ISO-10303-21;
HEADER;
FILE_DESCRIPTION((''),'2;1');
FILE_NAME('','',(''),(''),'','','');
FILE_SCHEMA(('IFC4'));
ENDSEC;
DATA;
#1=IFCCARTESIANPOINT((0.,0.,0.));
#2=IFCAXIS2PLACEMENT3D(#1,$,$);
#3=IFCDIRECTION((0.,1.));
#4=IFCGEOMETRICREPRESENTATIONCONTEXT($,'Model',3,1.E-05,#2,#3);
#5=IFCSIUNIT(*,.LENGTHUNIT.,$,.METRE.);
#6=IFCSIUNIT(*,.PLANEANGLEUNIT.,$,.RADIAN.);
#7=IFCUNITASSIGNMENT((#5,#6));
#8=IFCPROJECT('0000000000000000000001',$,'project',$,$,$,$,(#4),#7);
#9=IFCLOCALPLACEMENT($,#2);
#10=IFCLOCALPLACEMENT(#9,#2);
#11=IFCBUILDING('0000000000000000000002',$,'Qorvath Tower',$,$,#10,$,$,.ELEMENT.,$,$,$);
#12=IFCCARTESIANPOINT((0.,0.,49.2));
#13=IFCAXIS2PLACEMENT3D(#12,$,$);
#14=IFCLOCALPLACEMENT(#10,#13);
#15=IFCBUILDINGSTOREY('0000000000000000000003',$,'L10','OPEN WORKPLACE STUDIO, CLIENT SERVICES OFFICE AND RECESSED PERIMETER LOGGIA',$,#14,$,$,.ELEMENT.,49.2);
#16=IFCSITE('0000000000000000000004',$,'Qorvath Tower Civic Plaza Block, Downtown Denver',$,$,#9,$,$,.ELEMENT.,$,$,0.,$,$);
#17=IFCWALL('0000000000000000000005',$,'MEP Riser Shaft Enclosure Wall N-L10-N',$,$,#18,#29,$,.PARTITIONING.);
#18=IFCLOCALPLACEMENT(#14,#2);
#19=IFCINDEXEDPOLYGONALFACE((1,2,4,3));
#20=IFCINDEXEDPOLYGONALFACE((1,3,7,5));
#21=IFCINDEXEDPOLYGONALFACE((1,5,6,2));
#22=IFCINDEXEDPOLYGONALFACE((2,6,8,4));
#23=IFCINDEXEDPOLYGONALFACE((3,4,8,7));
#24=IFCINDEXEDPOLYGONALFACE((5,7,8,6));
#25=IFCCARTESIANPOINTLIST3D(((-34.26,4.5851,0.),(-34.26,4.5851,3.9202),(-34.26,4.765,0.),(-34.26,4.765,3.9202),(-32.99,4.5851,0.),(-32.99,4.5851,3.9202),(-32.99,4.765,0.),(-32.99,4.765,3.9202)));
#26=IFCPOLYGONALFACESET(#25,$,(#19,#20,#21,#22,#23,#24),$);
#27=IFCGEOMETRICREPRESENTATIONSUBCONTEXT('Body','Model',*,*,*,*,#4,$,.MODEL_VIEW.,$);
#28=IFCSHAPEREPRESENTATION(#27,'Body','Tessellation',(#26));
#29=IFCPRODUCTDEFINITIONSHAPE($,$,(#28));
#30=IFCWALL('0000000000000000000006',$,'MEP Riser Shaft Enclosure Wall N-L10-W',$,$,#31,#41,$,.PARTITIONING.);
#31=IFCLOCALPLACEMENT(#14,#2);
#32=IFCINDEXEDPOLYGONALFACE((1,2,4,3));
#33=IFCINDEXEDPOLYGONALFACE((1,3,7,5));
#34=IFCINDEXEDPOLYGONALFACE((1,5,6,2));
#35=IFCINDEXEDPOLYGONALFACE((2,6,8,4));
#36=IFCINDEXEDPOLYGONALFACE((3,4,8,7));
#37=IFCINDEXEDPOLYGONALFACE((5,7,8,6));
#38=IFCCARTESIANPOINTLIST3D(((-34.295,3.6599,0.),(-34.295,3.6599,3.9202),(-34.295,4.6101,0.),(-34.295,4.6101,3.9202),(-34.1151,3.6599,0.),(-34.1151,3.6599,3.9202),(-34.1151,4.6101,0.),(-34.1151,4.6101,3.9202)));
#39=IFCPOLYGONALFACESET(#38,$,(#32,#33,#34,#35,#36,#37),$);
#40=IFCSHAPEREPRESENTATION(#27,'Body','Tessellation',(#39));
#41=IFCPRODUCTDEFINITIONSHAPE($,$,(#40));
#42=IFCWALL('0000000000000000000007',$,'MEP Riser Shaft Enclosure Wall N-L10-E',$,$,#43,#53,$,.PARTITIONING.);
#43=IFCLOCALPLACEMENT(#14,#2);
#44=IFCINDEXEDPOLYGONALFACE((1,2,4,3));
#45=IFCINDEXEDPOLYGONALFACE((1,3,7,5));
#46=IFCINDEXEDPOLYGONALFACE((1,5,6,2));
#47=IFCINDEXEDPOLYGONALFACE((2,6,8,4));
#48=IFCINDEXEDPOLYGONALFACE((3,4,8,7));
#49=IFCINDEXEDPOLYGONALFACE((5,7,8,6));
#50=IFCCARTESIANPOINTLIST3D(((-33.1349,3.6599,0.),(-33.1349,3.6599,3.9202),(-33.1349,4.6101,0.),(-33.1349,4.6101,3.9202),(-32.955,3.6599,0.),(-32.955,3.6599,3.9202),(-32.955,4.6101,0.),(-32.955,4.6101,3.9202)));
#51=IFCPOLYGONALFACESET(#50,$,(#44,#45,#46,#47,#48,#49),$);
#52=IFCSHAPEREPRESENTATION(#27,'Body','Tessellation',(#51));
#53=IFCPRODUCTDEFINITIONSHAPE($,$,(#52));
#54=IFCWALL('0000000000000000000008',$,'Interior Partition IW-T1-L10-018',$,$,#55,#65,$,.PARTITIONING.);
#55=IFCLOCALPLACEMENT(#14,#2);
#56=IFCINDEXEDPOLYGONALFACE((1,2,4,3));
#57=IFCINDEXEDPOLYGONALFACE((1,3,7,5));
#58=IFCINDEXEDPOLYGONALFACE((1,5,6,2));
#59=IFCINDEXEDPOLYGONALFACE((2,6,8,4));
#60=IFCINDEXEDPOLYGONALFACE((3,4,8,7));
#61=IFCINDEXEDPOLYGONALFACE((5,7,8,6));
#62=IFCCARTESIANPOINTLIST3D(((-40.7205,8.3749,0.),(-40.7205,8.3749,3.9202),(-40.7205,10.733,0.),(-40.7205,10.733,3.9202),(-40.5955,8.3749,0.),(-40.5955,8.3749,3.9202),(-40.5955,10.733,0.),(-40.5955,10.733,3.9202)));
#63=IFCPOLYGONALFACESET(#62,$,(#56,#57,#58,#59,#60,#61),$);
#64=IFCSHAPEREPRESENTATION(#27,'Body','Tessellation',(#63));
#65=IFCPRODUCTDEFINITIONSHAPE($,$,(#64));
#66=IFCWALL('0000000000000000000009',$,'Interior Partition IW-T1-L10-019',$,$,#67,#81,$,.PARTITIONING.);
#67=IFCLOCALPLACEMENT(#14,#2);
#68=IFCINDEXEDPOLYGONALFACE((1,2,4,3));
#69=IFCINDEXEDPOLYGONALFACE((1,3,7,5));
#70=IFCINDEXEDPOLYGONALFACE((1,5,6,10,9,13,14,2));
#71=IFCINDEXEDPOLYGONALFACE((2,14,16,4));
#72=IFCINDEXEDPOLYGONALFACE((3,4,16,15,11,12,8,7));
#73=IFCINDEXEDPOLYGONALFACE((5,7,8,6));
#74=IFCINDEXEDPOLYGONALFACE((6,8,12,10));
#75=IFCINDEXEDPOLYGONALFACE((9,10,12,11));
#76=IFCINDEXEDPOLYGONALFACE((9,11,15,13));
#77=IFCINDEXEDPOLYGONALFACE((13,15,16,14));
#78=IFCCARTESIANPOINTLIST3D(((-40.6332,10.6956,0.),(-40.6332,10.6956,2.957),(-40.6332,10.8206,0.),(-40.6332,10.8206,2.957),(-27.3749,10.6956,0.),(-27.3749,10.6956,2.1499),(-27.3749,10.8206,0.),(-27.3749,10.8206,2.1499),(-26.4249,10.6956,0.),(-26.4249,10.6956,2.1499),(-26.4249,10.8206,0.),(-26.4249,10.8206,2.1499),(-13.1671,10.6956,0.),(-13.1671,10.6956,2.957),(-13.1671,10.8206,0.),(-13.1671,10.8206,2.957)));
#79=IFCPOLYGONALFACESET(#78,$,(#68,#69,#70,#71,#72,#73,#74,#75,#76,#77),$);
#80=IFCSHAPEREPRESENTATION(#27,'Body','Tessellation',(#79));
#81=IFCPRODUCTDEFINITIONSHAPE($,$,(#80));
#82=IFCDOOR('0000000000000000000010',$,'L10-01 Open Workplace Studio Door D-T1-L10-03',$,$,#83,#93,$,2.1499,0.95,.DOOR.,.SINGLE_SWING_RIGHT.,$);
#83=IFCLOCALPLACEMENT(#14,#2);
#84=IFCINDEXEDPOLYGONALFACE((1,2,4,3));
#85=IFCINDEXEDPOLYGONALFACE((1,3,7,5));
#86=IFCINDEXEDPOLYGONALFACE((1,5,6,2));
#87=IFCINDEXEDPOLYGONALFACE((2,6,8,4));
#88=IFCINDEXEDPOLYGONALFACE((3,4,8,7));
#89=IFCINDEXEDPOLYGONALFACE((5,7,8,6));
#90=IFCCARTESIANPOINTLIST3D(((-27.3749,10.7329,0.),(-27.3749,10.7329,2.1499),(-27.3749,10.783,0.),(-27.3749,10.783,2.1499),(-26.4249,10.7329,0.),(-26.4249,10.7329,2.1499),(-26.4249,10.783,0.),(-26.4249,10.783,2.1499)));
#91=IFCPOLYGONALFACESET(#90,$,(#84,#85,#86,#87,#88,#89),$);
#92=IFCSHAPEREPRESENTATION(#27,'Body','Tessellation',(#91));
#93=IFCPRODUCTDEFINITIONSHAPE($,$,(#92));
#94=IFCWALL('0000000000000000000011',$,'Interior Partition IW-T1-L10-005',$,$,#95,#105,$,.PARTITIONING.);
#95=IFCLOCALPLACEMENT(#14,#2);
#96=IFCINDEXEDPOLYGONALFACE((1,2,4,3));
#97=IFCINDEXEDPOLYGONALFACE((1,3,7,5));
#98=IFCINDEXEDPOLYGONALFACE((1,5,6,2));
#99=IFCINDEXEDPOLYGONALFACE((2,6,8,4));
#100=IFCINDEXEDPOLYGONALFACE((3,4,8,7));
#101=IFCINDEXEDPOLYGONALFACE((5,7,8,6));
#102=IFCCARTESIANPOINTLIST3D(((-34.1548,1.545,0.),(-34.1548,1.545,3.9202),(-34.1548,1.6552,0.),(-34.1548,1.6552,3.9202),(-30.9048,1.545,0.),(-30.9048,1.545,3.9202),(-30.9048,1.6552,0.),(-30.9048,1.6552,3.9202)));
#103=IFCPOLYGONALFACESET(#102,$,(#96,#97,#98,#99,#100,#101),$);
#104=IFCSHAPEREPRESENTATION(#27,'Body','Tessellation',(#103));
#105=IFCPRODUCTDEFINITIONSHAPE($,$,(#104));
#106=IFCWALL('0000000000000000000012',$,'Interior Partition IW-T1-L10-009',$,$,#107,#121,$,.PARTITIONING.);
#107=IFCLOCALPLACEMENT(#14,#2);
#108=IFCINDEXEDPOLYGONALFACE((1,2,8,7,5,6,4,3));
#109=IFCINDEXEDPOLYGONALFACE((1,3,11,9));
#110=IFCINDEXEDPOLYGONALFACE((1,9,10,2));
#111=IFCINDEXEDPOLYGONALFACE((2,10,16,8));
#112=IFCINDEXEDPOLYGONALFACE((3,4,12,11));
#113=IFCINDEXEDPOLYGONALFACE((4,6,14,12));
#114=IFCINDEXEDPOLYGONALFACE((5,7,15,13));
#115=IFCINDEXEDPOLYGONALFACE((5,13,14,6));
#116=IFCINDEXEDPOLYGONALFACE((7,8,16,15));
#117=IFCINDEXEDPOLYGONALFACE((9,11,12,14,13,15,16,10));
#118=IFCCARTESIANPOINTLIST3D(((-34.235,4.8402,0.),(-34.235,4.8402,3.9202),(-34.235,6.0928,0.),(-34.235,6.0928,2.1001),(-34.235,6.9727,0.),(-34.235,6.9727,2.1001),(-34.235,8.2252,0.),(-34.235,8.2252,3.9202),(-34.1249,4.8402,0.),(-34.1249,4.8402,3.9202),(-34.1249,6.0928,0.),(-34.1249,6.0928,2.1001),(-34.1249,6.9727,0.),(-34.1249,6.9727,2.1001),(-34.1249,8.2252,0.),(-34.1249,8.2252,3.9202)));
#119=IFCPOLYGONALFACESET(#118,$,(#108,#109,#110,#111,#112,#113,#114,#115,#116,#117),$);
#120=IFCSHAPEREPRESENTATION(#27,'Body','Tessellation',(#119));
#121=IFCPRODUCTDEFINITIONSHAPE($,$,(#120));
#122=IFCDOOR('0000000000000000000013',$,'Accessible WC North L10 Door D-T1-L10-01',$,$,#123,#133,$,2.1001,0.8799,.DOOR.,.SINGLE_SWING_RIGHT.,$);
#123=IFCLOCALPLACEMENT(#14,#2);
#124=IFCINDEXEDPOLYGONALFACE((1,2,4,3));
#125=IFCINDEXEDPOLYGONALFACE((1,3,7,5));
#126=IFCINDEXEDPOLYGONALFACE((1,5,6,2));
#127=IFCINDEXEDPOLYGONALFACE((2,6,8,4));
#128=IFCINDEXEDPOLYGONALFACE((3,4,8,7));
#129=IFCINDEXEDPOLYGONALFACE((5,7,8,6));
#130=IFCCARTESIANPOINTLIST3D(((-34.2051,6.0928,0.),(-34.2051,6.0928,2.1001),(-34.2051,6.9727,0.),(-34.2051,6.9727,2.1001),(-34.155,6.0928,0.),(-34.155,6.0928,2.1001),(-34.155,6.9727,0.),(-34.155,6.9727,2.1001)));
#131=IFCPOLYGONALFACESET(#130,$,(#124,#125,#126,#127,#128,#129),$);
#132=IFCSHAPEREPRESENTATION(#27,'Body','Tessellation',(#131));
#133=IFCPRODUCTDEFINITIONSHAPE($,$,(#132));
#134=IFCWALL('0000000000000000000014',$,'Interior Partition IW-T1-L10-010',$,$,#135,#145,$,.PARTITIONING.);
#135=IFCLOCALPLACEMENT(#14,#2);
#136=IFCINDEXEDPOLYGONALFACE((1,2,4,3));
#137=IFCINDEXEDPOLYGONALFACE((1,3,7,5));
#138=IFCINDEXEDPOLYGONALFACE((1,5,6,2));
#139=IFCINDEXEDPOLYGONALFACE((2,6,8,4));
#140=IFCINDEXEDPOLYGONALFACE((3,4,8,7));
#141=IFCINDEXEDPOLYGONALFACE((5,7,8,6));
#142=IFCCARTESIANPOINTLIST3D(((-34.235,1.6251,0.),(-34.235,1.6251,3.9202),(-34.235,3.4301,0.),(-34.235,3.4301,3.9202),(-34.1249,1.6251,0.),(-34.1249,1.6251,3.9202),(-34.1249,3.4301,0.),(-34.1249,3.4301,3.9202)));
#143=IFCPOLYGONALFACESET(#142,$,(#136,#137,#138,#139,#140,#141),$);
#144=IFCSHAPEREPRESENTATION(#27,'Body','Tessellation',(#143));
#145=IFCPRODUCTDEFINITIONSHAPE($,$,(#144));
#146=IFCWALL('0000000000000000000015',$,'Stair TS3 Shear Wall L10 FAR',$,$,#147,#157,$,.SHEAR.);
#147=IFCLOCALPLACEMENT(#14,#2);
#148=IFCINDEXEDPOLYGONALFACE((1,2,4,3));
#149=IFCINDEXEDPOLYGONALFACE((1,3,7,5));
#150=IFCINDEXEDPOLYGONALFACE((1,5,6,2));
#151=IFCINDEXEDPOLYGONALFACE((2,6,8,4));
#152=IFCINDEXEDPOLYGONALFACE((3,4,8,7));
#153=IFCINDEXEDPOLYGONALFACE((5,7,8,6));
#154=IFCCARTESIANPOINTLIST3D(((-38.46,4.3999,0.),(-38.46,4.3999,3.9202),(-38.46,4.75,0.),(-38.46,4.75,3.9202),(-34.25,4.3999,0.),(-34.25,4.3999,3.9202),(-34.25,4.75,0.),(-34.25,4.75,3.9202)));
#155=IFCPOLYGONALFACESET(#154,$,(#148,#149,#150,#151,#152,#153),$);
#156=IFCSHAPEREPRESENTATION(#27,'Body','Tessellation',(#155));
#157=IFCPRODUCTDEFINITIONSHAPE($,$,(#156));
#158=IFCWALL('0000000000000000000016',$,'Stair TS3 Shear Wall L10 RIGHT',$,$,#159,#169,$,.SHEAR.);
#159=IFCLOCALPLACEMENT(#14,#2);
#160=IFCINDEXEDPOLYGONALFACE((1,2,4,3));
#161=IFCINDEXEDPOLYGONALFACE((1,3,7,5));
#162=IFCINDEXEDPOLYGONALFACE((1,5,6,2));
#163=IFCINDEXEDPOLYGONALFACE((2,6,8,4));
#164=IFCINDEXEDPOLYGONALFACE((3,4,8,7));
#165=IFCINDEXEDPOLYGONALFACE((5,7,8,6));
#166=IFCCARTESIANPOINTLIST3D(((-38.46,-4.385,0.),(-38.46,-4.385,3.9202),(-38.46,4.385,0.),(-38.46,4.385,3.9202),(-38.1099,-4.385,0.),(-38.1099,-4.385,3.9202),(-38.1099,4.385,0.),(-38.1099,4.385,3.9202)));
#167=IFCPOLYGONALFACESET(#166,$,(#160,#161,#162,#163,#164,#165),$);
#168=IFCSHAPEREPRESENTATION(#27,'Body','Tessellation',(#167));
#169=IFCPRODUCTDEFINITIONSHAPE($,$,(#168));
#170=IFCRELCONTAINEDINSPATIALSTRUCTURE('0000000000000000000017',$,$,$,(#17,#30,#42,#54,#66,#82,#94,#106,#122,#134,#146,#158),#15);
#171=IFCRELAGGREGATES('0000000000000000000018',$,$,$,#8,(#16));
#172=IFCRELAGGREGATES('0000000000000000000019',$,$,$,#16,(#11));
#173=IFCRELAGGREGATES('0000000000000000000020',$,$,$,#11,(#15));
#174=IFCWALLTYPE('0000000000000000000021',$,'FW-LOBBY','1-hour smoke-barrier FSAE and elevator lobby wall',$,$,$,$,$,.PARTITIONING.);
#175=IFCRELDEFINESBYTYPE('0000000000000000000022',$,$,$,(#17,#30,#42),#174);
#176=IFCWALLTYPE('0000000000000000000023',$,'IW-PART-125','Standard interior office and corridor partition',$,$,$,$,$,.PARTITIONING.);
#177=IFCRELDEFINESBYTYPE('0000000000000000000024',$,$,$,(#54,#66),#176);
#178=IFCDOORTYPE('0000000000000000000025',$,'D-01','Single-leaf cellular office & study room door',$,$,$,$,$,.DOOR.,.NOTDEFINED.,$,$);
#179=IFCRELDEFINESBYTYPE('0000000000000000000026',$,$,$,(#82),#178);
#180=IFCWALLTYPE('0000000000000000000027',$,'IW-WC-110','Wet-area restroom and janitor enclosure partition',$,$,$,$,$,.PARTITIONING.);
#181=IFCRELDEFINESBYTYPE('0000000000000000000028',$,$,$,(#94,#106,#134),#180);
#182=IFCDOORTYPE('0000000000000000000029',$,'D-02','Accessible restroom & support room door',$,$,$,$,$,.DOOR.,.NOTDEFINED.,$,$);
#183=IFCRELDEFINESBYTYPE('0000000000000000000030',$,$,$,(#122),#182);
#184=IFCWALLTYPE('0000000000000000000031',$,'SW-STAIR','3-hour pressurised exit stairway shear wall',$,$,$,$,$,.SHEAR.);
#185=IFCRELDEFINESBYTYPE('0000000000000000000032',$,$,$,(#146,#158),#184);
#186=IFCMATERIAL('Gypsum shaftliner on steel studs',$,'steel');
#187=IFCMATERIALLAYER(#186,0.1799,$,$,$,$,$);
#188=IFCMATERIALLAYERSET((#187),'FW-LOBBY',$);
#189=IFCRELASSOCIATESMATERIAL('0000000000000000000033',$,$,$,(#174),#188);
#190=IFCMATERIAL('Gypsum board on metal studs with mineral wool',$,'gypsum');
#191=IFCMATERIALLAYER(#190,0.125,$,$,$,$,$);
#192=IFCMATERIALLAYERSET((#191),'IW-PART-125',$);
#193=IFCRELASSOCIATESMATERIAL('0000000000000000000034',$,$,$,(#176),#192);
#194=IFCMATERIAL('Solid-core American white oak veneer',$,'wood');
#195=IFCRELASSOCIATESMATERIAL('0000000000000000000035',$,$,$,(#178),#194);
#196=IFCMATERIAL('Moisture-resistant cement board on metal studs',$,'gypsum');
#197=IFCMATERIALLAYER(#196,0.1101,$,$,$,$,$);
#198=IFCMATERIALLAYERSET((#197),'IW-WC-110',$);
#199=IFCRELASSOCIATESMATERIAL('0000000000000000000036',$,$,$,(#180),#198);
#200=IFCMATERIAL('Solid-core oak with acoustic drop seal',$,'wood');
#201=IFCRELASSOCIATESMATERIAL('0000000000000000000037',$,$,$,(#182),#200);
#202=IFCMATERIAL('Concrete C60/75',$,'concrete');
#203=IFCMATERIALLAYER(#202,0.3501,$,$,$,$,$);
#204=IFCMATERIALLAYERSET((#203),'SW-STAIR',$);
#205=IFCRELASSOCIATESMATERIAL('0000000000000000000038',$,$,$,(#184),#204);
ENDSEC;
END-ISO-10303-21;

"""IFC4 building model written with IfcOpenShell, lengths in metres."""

from ifc_helpers import new_model, si_unit, direction, frame, frame_2d, origin, place, context, subcontext, project, spatial, rectangle, extrude, material, layer, layer_set, type_object, element, fill, save


model = new_model("IFC4")

# Units and contexts
model_context = context("Model", 3, precision=1e-05, world=origin(), true_north=direction((0.0, 1.0)))
body_context = subcontext(model_context, "Body", "Model", "MODEL_VIEW")
ifc_project = project(units=[si_unit("LENGTHUNIT", "METRE"), si_unit("PLANEANGLEUNIT", "RADIAN")], contexts=[model_context])

# Site, building, storey
site_placement = place(None, origin())
site = spatial("IfcSite", under=ifc_project, at=site_placement, Name="Qorvath Tower Civic Plaza Block, Downtown Denver", CompositionType="ELEMENT", RefElevation=0.0)
building_placement = place(site_placement, origin())
building = spatial("IfcBuilding", under=site, at=building_placement, Name="Qorvath Tower", CompositionType="ELEMENT")
storey_placement = place(building_placement, frame((0.0, 0.0, 49.2)))
storey = spatial("IfcBuildingStorey", under=building, at=storey_placement, Name="L10", Description="OPEN WORKPLACE STUDIO, CLIENT SERVICES OFFICE AND RECESSED PERIMETER LOGGIA", CompositionType="ELEMENT", Elevation=49.2)

# Walls
ifc_material_1 = material(Name="Gypsum shaftliner on steel studs", Category="steel")
ifc_layer_1 = layer(ifc_material_1, 0.1799)
ifc_layer_set_1 = layer_set([ifc_layer_1], Name="FW-LOBBY")
wall_type_1 = type_object("IfcWallType", Name="FW-LOBBY", Description="1-hour smoke-barrier FSAE and elevator lobby wall", PredefinedType="PARTITIONING", material=ifc_layer_set_1)
for number, where, z_axis, x_axis, name in (
    (1, (-34.26, 4.675, 0.0), (0.0, 0.0, 1.0), (1.0, 0.0, 0.0), "MEP Riser Shaft Enclosure Wall N-L10-N"),
):
    element("IfcWall", number, at=place(storey_placement, frame(where, z_axis=z_axis, x_axis=x_axis)), inside=storey, type_object=wall_type_1, Name=name, PredefinedType="PARTITIONING", context=body_context, shape_type="SweptSolid", body=[
        extrude(rectangle(XDim=1.27, YDim=0.1799, at=frame_2d((0.635, 0.0))), origin(), (0.0, 0.0, 1.0), 3.9202),
    ])
for number, where, z_axis, x_axis, name in (
    (2, (-34.2051, 3.6599, 0.0), (0.0, 0.0, 1.0), (0.0, 1.0, 0.0), "MEP Riser Shaft Enclosure Wall N-L10-W"),
    (3, (-33.0449, 4.6101, 0.0), (0.0, 0.0, 1.0), (0.0, -1.0, 0.0), "MEP Riser Shaft Enclosure Wall N-L10-E"),
):
    element("IfcWall", number, at=place(storey_placement, frame(where, z_axis=z_axis, x_axis=x_axis)), inside=storey, type_object=wall_type_1, Name=name, PredefinedType="PARTITIONING", context=body_context, shape_type="SweptSolid", body=[
        extrude(rectangle(XDim=0.9502, YDim=0.1799, at=frame_2d((0.4751, 0.0))), origin(), (0.0, 0.0, 1.0), 3.9202),
    ])
ifc_material_2 = material(Name="Gypsum board on metal studs with mineral wool", Category="gypsum")
ifc_layer_2 = layer(ifc_material_2, 0.125)
ifc_layer_set_2 = layer_set([ifc_layer_2], Name="IW-PART-125")
wall_type_2 = type_object("IfcWallType", Name="IW-PART-125", Description="Standard interior office and corridor partition", PredefinedType="PARTITIONING", material=ifc_layer_set_2)
wall_1_placement = place(storey_placement, frame((-40.658, 10.7332, 0.0), z_axis=(0.0, 0.0, 1.0), x_axis=(0.0, -1.0, 0.0)))
element("IfcWall", 4, at=wall_1_placement, inside=storey, type_object=wall_type_2, Name="Interior Partition IW-T1-L10-018", PredefinedType="PARTITIONING", context=body_context, shape_type="SweptSolid", body=[
    extrude(rectangle(XDim=2.3582, YDim=0.125, at=frame_2d((1.1792, 0.0))), origin(), (0.0, 0.0, 1.0), 3.9202),
])

# Wall, opening, door
wall_2_placement = place(storey_placement, frame((-40.6331, 10.7581, 0.0), z_axis=(0.0, 0.0, 1.0), x_axis=(1.0, 0.0, 0.0)))
wall_2 = element("IfcWall", 5, at=wall_2_placement, inside=storey, type_object=wall_type_2, Name="Interior Partition IW-T1-L10-019", PredefinedType="PARTITIONING", context=body_context, shape_type="SweptSolid", body=[
    extrude(rectangle(XDim=27.4661, YDim=0.125, at=frame_2d((13.7329, 0.0))), origin(), (0.0, 0.0, 1.0), 2.957),
])
opening_1_placement = place(wall_2_placement, frame((13.2581, 0.0, 0.0)))
opening_1 = element("IfcOpeningElement", 6, at=opening_1_placement, cuts=wall_2, PredefinedType="OPENING", context=body_context, shape_type="SweptSolid", body=[
    extrude(rectangle(XDim=0.95, YDim=2.1499, at=frame_2d((0.4751, 1.075))), frame((0.0, 0.0725, 0.0), z_axis=(0.0, -1.0, 0.0), x_axis=(1.0, 0.0, 0.0)), (0.0, 0.0, 1.0), 0.145),
])
ifc_material_3 = material(Name="Solid-core American white oak veneer", Category="wood")
door_type_1 = type_object("IfcDoorType", Name="D-01", Description="Single-leaf cellular office & study room door", OperationType="NOTDEFINED", PredefinedType="DOOR", material=ifc_material_3)
door_1_placement = place(opening_1_placement, origin())
door_1 = element("IfcDoor", 7, at=door_1_placement, inside=storey, type_object=door_type_1, Name="L10-01 Open Workplace Studio Door D-T1-L10-03", OperationType="SINGLE_SWING_RIGHT", OverallHeight=2.1499, OverallWidth=0.95, PredefinedType="DOOR", context=body_context, shape_type="SweptSolid", body=[
    extrude(rectangle(XDim=0.95, YDim=2.1499, at=frame_2d((0.4751, 1.075))), frame((0.0, 0.0249, 0.0), z_axis=(0.0, -1.0, 0.0), x_axis=(1.0, 0.0, 0.0)), (0.0, 0.0, 1.0), 0.05),
])
fill(opening_1, door_1)

# Wall
ifc_material_4 = material(Name="Moisture-resistant cement board on metal studs", Category="gypsum")
ifc_layer_3 = layer(ifc_material_4, 0.1101)
ifc_layer_set_3 = layer_set([ifc_layer_3], Name="IW-WC-110")
wall_type_3 = type_object("IfcWallType", Name="IW-WC-110", Description="Wet-area restroom and janitor enclosure partition", PredefinedType="PARTITIONING", material=ifc_layer_set_3)
wall_3_placement = place(storey_placement, frame((-34.1548, 1.6001, 0.0), z_axis=(0.0, 0.0, 1.0), x_axis=(1.0, 0.0, 0.0)))
element("IfcWall", 8, at=wall_3_placement, inside=storey, type_object=wall_type_3, Name="Interior Partition IW-T1-L10-005", PredefinedType="PARTITIONING", context=body_context, shape_type="SweptSolid", body=[
    extrude(rectangle(XDim=3.25, YDim=0.1101, at=frame_2d((1.625, 0.0))), origin(), (0.0, 0.0, 1.0), 3.9202),
])

# Wall, opening, door
wall_4_placement = place(storey_placement, frame((-34.1799, 8.2251, 0.0), z_axis=(0.0, 0.0, 1.0), x_axis=(0.0, -1.0, 0.0)))
wall_4 = element("IfcWall", 9, at=wall_4_placement, inside=storey, type_object=wall_type_3, Name="Interior Partition IW-T1-L10-009", PredefinedType="PARTITIONING", context=body_context, shape_type="SweptSolid", body=[
    extrude(rectangle(XDim=3.385, YDim=0.1101, at=frame_2d((1.6924, 0.0))), origin(), (0.0, 0.0, 1.0), 3.9202),
])
opening_2_placement = place(wall_4_placement, frame((1.2524, 0.0, 0.0)))
opening_2 = element("IfcOpeningElement", 10, at=opening_2_placement, cuts=wall_4, PredefinedType="OPENING", context=body_context, shape_type="SweptSolid", body=[
    extrude(rectangle(XDim=0.8799, YDim=2.1001, at=frame_2d((0.4399, 1.05))), frame((0.0, 0.0649, 0.0), z_axis=(0.0, -1.0, 0.0), x_axis=(1.0, 0.0, 0.0)), (0.0, 0.0, 1.0), 0.1301),
])
ifc_material_5 = material(Name="Solid-core oak with acoustic drop seal", Category="wood")
door_type_2 = type_object("IfcDoorType", Name="D-02", Description="Accessible restroom & support room door", OperationType="NOTDEFINED", PredefinedType="DOOR", material=ifc_material_5)
door_2_placement = place(opening_2_placement, origin())
door_2 = element("IfcDoor", 11, at=door_2_placement, inside=storey, type_object=door_type_2, Name="Accessible WC North L10 Door D-T1-L10-01", OperationType="SINGLE_SWING_RIGHT", OverallHeight=2.1001, OverallWidth=0.8799, PredefinedType="DOOR", context=body_context, shape_type="SweptSolid", body=[
    extrude(rectangle(XDim=0.8799, YDim=2.1001, at=frame_2d((0.4399, 1.05))), frame((0.0, 0.0249, 0.0), z_axis=(0.0, -1.0, 0.0), x_axis=(1.0, 0.0, 0.0)), (0.0, 0.0, 1.0), 0.05),
])
fill(opening_2, door_2)

# Walls
wall_5_placement = place(storey_placement, frame((-34.1799, 3.4299, 0.0), z_axis=(0.0, 0.0, 1.0), x_axis=(0.0, -1.0, 0.0)))
element("IfcWall", 12, at=wall_5_placement, inside=storey, type_object=wall_type_3, Name="Interior Partition IW-T1-L10-010", PredefinedType="PARTITIONING", context=body_context, shape_type="SweptSolid", body=[
    extrude(rectangle(XDim=1.8049, YDim=0.1101, at=frame_2d((0.9023, 0.0))), origin(), (0.0, 0.0, 1.0), 3.9202),
])
ifc_material_6 = material(Name="Concrete C60/75", Category="concrete")
ifc_layer_4 = layer(ifc_material_6, 0.3501)
ifc_layer_set_4 = layer_set([ifc_layer_4], Name="SW-STAIR")
wall_type_4 = type_object("IfcWallType", Name="SW-STAIR", Description="3-hour pressurised exit stairway shear wall", PredefinedType="SHEAR", material=ifc_layer_set_4)
wall_6_placement = place(storey_placement, frame((-34.25, 4.575, 0.0), z_axis=(0.0, 0.0, 1.0), x_axis=(-1.0, 0.0, 0.0)))
element("IfcWall", 13, at=wall_6_placement, inside=storey, type_object=wall_type_4, Name="Stair TS3 Shear Wall L10 FAR", PredefinedType="SHEAR", context=body_context, shape_type="SweptSolid", body=[
    extrude(rectangle(XDim=4.21, YDim=0.3501, at=frame_2d((2.105, 0.0))), origin(), (0.0, 0.0, 1.0), 3.9202),
])
wall_7_placement = place(storey_placement, frame((-38.2849, 4.385, 0.0), z_axis=(0.0, 0.0, 1.0), x_axis=(0.0, -1.0, 0.0)))
element("IfcWall", 14, at=wall_7_placement, inside=storey, type_object=wall_type_4, Name="Stair TS3 Shear Wall L10 RIGHT", PredefinedType="SHEAR", context=body_context, shape_type="SweptSolid", body=[
    extrude(rectangle(XDim=8.77, YDim=0.3501, at=frame_2d((4.385, 0.0))), origin(), (0.0, 0.0, 1.0), 3.9202),
])

save(model, "model.ifc")
